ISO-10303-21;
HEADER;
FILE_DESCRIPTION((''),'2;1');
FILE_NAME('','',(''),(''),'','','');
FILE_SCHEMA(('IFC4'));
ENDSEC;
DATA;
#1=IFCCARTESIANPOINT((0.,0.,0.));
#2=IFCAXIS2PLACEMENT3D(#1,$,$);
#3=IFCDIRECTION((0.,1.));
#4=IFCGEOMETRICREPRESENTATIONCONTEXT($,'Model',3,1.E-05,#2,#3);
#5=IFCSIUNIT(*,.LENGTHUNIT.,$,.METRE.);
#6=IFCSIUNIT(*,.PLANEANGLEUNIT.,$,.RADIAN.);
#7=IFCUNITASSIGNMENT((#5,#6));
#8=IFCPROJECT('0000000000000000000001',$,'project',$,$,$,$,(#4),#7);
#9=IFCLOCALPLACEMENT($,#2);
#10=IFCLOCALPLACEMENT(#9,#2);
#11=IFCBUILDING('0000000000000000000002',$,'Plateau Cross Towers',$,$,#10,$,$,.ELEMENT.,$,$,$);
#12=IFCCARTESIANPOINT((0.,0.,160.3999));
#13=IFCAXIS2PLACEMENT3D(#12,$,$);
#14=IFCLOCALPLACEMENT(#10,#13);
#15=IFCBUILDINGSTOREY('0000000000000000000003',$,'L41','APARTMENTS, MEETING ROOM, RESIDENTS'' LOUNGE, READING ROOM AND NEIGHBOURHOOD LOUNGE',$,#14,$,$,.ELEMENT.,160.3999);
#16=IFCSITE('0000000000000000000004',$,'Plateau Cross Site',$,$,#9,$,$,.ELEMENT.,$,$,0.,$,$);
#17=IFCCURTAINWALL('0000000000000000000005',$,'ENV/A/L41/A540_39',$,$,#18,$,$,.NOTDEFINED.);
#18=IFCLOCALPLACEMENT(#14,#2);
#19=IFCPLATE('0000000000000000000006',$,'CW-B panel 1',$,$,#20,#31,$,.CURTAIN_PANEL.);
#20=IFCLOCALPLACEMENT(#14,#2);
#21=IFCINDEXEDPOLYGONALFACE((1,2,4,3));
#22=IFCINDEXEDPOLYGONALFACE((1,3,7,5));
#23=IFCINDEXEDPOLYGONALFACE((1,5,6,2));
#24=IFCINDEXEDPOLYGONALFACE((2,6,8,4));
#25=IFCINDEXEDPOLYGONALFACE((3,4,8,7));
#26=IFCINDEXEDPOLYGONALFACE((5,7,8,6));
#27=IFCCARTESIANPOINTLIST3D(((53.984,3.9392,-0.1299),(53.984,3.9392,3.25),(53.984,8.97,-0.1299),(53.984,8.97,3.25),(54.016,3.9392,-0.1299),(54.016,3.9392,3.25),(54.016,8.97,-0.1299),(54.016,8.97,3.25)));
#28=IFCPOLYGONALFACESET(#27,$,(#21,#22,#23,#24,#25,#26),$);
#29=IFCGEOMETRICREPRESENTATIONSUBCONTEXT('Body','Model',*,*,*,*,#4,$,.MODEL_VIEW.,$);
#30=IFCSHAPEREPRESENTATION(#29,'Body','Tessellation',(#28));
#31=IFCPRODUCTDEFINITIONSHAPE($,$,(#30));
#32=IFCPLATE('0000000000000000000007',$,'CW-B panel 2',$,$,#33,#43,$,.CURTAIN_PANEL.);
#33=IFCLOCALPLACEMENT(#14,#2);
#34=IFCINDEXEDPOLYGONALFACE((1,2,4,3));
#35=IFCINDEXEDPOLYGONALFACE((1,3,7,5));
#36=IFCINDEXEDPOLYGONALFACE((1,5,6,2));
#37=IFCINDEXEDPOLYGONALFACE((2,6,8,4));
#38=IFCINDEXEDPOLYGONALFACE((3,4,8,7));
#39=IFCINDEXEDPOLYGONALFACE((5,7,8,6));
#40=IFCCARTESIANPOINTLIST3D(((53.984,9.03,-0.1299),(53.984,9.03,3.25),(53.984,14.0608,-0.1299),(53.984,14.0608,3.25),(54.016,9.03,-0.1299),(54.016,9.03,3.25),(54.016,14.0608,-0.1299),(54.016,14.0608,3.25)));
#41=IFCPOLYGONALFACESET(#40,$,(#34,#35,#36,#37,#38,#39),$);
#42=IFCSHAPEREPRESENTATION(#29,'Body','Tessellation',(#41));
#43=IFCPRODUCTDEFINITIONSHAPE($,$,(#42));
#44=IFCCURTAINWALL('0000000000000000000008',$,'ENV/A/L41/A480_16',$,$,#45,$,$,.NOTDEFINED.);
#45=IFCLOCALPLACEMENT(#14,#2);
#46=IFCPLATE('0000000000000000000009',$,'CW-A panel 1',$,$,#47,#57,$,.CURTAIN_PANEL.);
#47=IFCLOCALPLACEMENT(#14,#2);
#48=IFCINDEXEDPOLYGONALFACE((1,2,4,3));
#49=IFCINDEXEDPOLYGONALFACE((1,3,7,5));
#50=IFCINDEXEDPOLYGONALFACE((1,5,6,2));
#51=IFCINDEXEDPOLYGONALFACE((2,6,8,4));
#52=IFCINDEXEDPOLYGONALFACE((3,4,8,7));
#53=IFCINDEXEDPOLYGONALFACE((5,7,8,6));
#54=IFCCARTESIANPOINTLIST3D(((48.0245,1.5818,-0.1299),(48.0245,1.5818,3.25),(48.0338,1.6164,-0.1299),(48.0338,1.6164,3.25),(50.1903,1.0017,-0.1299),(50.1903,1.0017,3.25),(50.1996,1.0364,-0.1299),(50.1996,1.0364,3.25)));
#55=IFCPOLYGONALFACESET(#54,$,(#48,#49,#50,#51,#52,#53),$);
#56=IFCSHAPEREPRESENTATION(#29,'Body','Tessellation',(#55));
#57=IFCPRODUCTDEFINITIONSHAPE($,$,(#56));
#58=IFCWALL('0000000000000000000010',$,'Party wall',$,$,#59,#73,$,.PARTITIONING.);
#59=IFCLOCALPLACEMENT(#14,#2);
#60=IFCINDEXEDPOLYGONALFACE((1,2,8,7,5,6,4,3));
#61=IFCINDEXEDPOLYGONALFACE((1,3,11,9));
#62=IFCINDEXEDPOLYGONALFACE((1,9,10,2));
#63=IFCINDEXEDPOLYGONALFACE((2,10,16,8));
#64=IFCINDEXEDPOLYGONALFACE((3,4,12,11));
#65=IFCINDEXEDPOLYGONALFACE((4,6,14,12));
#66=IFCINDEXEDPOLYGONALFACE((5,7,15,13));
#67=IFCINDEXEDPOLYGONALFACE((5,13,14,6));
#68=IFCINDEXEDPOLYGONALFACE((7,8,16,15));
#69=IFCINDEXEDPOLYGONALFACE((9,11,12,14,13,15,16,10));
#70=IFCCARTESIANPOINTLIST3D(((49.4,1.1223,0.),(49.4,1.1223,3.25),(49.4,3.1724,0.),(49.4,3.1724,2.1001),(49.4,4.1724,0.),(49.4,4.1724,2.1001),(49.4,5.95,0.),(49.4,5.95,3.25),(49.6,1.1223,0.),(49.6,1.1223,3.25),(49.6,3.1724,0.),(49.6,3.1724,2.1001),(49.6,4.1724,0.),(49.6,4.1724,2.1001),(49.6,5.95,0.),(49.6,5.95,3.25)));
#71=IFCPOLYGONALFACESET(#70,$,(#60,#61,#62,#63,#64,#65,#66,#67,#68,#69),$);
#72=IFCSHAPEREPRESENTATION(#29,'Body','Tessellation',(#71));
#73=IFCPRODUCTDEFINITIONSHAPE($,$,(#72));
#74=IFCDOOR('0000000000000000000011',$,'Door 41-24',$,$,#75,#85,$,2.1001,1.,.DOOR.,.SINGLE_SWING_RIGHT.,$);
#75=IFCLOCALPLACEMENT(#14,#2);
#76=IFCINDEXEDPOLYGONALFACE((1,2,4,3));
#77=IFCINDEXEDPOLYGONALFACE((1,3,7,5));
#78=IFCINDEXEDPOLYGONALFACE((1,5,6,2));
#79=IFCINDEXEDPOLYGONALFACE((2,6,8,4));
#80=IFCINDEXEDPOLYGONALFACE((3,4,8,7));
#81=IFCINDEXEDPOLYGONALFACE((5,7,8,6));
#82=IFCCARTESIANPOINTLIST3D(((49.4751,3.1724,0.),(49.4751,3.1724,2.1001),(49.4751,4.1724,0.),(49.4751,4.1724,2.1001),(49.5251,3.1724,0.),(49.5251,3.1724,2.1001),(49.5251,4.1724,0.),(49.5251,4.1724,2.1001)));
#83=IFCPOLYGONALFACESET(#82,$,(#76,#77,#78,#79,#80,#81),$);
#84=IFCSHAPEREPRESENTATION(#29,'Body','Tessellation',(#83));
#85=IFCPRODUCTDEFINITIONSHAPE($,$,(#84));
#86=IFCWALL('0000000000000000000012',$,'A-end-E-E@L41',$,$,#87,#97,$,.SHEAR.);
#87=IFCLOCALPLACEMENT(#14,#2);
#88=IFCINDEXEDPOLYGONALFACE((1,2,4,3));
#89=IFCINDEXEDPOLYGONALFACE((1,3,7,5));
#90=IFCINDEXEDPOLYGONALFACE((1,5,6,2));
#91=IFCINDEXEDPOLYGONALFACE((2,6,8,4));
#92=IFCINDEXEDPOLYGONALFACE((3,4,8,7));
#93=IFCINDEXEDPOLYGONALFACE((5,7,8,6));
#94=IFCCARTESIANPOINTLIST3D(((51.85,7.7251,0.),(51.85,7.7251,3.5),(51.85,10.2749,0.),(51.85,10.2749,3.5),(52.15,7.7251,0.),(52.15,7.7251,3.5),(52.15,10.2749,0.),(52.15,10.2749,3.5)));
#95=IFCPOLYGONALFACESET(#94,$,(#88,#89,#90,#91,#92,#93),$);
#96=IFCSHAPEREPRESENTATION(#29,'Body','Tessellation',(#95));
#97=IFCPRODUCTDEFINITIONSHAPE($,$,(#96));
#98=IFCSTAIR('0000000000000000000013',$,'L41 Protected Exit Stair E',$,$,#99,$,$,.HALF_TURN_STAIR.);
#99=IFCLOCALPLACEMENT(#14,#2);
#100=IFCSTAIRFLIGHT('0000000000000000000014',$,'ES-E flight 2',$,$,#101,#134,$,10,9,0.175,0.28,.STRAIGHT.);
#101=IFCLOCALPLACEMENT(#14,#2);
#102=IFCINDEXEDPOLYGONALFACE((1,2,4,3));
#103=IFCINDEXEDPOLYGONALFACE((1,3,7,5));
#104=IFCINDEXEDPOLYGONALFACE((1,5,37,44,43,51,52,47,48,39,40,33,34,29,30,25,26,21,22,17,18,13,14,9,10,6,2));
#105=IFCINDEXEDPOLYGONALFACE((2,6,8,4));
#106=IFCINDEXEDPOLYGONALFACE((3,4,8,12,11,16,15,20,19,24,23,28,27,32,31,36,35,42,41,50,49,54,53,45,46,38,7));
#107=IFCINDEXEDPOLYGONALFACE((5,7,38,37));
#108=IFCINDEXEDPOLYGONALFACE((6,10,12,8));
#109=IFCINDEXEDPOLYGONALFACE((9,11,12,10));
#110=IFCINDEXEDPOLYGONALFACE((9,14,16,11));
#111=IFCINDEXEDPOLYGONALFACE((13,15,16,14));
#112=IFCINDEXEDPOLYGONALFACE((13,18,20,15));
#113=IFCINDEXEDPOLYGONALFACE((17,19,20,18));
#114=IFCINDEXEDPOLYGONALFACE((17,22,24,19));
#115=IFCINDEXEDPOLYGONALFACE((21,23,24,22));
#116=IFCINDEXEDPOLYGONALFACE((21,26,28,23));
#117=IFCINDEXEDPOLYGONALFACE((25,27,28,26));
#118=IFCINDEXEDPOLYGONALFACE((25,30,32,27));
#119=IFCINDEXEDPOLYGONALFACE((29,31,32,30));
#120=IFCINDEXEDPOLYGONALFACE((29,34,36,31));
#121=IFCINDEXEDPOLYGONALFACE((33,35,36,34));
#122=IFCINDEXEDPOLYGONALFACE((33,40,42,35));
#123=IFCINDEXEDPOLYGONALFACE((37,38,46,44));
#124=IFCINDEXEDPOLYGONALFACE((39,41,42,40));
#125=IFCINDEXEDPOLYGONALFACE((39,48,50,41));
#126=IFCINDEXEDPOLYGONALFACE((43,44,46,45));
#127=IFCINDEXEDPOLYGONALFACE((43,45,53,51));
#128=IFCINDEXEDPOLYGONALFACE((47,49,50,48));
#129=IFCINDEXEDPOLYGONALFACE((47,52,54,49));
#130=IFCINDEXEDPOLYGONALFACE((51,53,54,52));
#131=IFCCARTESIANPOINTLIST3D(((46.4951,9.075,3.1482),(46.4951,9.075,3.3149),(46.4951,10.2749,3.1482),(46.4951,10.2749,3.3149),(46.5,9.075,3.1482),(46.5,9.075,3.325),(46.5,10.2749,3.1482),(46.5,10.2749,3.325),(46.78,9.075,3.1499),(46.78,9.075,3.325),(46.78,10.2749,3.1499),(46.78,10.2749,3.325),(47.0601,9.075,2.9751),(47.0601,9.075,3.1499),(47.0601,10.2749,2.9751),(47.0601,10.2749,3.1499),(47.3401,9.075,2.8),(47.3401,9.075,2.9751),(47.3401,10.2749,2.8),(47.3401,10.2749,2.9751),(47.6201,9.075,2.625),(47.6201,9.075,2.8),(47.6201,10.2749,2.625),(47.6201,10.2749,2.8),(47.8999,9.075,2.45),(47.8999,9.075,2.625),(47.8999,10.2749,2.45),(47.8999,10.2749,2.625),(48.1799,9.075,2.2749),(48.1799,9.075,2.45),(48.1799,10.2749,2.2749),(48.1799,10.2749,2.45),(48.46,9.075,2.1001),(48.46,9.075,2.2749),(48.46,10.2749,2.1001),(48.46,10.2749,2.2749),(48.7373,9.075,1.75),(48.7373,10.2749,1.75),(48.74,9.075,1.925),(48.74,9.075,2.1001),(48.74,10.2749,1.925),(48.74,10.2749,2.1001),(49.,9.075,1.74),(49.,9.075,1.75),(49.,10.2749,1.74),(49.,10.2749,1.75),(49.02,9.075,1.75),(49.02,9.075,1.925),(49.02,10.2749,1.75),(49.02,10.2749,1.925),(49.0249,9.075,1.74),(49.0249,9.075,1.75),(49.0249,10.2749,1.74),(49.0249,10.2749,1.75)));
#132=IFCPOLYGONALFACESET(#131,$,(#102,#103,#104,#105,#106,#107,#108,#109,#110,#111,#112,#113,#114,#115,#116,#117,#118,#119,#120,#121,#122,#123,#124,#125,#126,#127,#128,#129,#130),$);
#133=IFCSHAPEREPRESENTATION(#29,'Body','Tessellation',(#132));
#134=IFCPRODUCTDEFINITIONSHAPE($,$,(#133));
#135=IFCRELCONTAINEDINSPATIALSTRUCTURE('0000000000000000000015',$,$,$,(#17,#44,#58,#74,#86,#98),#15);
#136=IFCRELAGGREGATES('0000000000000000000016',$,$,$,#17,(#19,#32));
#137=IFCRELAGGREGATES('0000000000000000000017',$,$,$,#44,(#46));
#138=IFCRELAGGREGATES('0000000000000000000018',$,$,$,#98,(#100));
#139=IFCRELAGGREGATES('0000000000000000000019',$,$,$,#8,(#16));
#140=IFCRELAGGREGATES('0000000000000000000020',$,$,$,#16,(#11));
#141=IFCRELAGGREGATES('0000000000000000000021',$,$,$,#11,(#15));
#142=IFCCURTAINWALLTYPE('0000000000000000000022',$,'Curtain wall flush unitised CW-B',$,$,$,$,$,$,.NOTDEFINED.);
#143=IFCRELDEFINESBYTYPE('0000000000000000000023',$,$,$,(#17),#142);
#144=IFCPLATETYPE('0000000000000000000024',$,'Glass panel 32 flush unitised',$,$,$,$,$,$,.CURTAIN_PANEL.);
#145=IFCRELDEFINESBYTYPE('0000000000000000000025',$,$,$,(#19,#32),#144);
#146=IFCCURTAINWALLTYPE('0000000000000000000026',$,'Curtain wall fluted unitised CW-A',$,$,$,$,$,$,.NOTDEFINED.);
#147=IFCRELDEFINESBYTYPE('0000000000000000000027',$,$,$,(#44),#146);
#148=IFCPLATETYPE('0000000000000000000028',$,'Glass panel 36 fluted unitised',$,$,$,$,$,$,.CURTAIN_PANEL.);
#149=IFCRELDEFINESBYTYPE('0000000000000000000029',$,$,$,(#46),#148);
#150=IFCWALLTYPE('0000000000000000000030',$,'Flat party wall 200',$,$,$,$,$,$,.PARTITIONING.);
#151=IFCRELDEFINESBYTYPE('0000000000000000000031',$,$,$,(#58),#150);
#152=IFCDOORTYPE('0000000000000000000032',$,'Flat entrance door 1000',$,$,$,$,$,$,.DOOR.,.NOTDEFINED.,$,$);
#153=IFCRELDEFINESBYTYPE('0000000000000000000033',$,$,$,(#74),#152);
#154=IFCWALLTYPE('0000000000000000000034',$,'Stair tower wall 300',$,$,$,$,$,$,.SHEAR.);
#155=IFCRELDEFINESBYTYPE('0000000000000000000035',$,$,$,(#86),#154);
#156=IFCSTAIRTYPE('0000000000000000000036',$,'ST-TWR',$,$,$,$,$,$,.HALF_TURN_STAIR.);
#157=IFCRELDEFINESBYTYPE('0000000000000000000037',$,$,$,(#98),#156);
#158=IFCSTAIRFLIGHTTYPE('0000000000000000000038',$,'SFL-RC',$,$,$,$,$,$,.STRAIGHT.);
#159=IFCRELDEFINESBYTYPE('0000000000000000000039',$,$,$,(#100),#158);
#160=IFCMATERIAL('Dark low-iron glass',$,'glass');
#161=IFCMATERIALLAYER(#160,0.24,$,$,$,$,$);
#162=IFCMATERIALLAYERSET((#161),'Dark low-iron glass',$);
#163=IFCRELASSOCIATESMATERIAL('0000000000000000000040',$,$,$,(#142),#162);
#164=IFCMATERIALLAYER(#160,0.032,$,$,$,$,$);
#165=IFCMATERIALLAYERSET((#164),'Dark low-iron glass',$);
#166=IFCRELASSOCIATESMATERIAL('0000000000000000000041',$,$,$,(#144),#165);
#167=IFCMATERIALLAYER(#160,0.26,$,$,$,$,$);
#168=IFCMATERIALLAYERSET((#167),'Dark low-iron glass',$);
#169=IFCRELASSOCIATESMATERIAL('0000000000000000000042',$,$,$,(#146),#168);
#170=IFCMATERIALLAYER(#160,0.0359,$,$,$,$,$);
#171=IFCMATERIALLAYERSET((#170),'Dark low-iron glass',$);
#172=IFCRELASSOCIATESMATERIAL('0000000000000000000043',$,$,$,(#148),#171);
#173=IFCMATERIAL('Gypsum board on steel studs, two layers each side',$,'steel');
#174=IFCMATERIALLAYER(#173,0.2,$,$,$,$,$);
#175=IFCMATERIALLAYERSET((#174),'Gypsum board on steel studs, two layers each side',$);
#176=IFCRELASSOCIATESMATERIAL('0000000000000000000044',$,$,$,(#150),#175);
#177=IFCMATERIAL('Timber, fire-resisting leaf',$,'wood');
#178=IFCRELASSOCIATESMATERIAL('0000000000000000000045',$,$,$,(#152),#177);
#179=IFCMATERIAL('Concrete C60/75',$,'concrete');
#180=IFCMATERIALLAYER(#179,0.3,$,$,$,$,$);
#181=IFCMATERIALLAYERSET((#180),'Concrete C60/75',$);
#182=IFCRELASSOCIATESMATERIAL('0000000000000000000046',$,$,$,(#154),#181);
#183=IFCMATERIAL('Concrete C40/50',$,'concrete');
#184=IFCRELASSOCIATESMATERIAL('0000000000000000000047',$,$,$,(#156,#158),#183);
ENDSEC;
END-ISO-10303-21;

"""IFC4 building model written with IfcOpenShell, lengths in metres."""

from ifc_helpers import new_model, si_unit, direction, frame, frame_2d, origin, origin_2d, place, context, subcontext, project, spatial, polyline, rectangle, outline, extrude, material, layer, layer_set, type_object, element, fill, aggregate, save


model = new_model("IFC4")

# Units and contexts
model_context = context("Model", 3, precision=1e-05, world=origin(), true_north=direction((0.0, 1.0)))
body_context = subcontext(model_context, "Body", "Model", "MODEL_VIEW")
ifc_project = project(units=[si_unit("LENGTHUNIT", "METRE"), si_unit("PLANEANGLEUNIT", "RADIAN")], contexts=[model_context])

# Site, building, storey
site_placement = place(None, origin())
site = spatial("IfcSite", under=ifc_project, at=site_placement, Name="Plateau Cross Site", CompositionType="ELEMENT", RefElevation=0.0)
building_placement = place(site_placement, origin())
building = spatial("IfcBuilding", under=site, at=building_placement, Name="Plateau Cross Towers", CompositionType="ELEMENT")
storey_placement = place(building_placement, frame((0.0, 0.0, 160.3999)))
storey = spatial("IfcBuildingStorey", under=building, at=storey_placement, Name="L41", Description="APARTMENTS, MEETING ROOM, RESIDENTS' LOUNGE, READING ROOM AND NEIGHBOURHOOD LOUNGE", CompositionType="ELEMENT", Elevation=160.3999)

# Shared definitions
ifc_material_1 = material(Name="Concrete C60/75", Category="concrete")

# Shared definitions
ifc_material_2 = material(Name="Dark low-iron glass", Category="glass")
ifc_layer_1 = layer(ifc_material_2, 0.24)
ifc_layer_set_1 = layer_set([ifc_layer_1], Name="Dark low-iron glass")
curtain_wall_type_1 = type_object("IfcCurtainWallType", Name="Curtain wall flush unitised CW-B", PredefinedType="NOTDEFINED", material=ifc_layer_set_1)

# Curtain wall
curtain_wall_1_placement = place(storey_placement, origin())
curtain_wall_1 = element("IfcCurtainWall", 1, at=curtain_wall_1_placement, inside=storey, type_object=curtain_wall_type_1, Name="ENV/A/L41/A540_39", PredefinedType="NOTDEFINED")

# Plates
ifc_layer_2 = layer(ifc_material_2, 0.032)
ifc_layer_set_2 = layer_set([ifc_layer_2], Name="Dark low-iron glass")
plate_type_1 = type_object("IfcPlateType", Name="Glass panel 32 flush unitised", PredefinedType="CURTAIN_PANEL", material=ifc_layer_set_2)
plate_1_placement = place(storey_placement, frame((54.0, 6.4546, -0.1299), z_axis=(0.0, 0.0, 1.0), x_axis=(0.0, 1.0, 0.0)))
plate_1 = element("IfcPlate", 2, at=plate_1_placement, type_object=plate_type_1, Name="CW-B panel 1", PredefinedType="CURTAIN_PANEL", context=body_context, shape_type="SweptSolid", body=[
    extrude(rectangle(XDim=5.0308, YDim=0.032, at=origin_2d()), origin(), (0.0, 0.0, 1.0), 3.3799),
])
plate_2_placement = place(storey_placement, frame((54.0, 11.5454, -0.1299), z_axis=(0.0, 0.0, 1.0), x_axis=(0.0, 1.0, 0.0)))
plate_2 = element("IfcPlate", 3, at=plate_2_placement, type_object=plate_type_1, Name="CW-B panel 2", PredefinedType="CURTAIN_PANEL", context=body_context, shape_type="SweptSolid", body=[
    extrude(rectangle(XDim=5.0308, YDim=0.032, at=origin_2d()), origin(), (0.0, 0.0, 1.0), 3.3799),
])
aggregate(curtain_wall_1, [plate_1, plate_2])

# Curtain wall, plate
ifc_layer_3 = layer(ifc_material_2, 0.26)
ifc_layer_set_3 = layer_set([ifc_layer_3], Name="Dark low-iron glass")
curtain_wall_type_2 = type_object("IfcCurtainWallType", Name="Curtain wall fluted unitised CW-A", PredefinedType="NOTDEFINED", material=ifc_layer_set_3)
curtain_wall_2_placement = place(storey_placement, origin())
curtain_wall_2 = element("IfcCurtainWall", 4, at=curtain_wall_2_placement, inside=storey, type_object=curtain_wall_type_2, Name="ENV/A/L41/A480_16", PredefinedType="NOTDEFINED")
ifc_layer_4 = layer(ifc_material_2, 0.0359)
ifc_layer_set_4 = layer_set([ifc_layer_4], Name="Dark low-iron glass")
plate_type_2 = type_object("IfcPlateType", Name="Glass panel 36 fluted unitised", PredefinedType="CURTAIN_PANEL", material=ifc_layer_set_4)
plate_3_placement = place(storey_placement, frame((49.1121, 1.3091, -0.1299), z_axis=(0.0, 0.0, 1.0), x_axis=(0.965958, -0.258699, 0.0)))
plate_3 = element("IfcPlate", 5, at=plate_3_placement, type_object=plate_type_2, Name="CW-A panel 1", PredefinedType="CURTAIN_PANEL", context=body_context, shape_type="SweptSolid", body=[
    extrude(rectangle(XDim=2.2422, YDim=0.0359, at=origin_2d()), origin(), (0.0, 0.0, 1.0), 3.3799),
])
aggregate(curtain_wall_2, [plate_3])

# Wall, opening, door
ifc_material_3 = material(Name="Gypsum board on steel studs, two layers each side", Category="steel")
ifc_layer_5 = layer(ifc_material_3, 0.2)
ifc_layer_set_5 = layer_set([ifc_layer_5], Name="Gypsum board on steel studs, two layers each side")
wall_type_1 = type_object("IfcWallType", Name="Flat party wall 200", PredefinedType="PARTITIONING", material=ifc_layer_set_5)
wall_1_placement = place(storey_placement, frame((49.5, 1.1223, 0.0), z_axis=(0.0, 0.0, 1.0), x_axis=(0.0, 1.0, 0.0)))
wall_1 = element("IfcWall", 6, at=wall_1_placement, inside=storey, type_object=wall_type_1, Name="Party wall", PredefinedType="PARTITIONING", context=body_context, shape_type="SweptSolid", body=[
    extrude(rectangle(XDim=4.8276, YDim=0.2, at=frame_2d((2.4138, 0.0))), origin(), (0.0, 0.0, 1.0), 3.25),
])
opening_placement = place(wall_1_placement, frame((2.05, 0.0, 0.0)))
opening = element("IfcOpeningElement", 7, at=opening_placement, cuts=wall_1, PredefinedType="OPENING", context=body_context, shape_type="SweptSolid", body=[
    extrude(rectangle(XDim=1.0, YDim=2.1001, at=frame_2d((0.5, 1.05))), frame((0.0, 0.1099, 0.0), z_axis=(0.0, -1.0, 0.0), x_axis=(1.0, 0.0, 0.0)), (0.0, 0.0, 1.0), 0.22),
])
ifc_material_4 = material(Name="Timber, fire-resisting leaf", Category="wood")
door_type = type_object("IfcDoorType", Name="Flat entrance door 1000", OperationType="NOTDEFINED", PredefinedType="DOOR", material=ifc_material_4)
door_placement = place(opening_placement, origin())
door = element("IfcDoor", 8, at=door_placement, inside=storey, type_object=door_type, Name="Door 41-24", OperationType="SINGLE_SWING_RIGHT", OverallHeight=2.1001, OverallWidth=1.0, PredefinedType="DOOR", context=body_context, shape_type="SweptSolid", body=[
    extrude(rectangle(XDim=1.0, YDim=2.1001, at=frame_2d((0.5, 1.05))), frame((0.0, 0.0249, 0.0), z_axis=(0.0, -1.0, 0.0), x_axis=(1.0, 0.0, 0.0)), (0.0, 0.0, 1.0), 0.05),
])
fill(opening, door)

# Wall
ifc_layer_6 = layer(ifc_material_1, 0.3)
ifc_layer_set_6 = layer_set([ifc_layer_6], Name="Concrete C60/75")
wall_type_2 = type_object("IfcWallType", Name="Stair tower wall 300", PredefinedType="SHEAR", material=ifc_layer_set_6)
wall_2_placement = place(storey_placement, frame((52.0, 7.7251, 0.0), z_axis=(0.0, 0.0, 1.0), x_axis=(0.0, 1.0, 0.0)))
element("IfcWall", 9, at=wall_2_placement, inside=storey, type_object=wall_type_2, Name="A-end-E-E@L41", PredefinedType="SHEAR", context=body_context, shape_type="SweptSolid", body=[
    extrude(rectangle(XDim=2.5498, YDim=0.3, at=frame_2d((1.2749, 0.0))), origin(), (0.0, 0.0, 1.0), 3.5),
])

# Stair, stair flight
ifc_material_5 = material(Name="Concrete C40/50", Category="concrete")
stair_type = type_object("IfcStairType", Name="ST-TWR", PredefinedType="HALF_TURN_STAIR", material=ifc_material_5)
stair_placement = place(storey_placement, origin())
stair = element("IfcStair", 10, at=stair_placement, inside=storey, type_object=stair_type, Name="L41 Protected Exit Stair E", PredefinedType="HALF_TURN_STAIR")
stair_flight_type = type_object("IfcStairFlightType", Name="SFL-RC", PredefinedType="STRAIGHT", material=ifc_material_5)
stair_flight_placement = place(storey_placement, frame((49.02, 9.675, 1.75), z_axis=(0.0, 0.0, 1.0), x_axis=(-1.0, 0.0, 0.0)))
stair_flight = element("IfcStairFlight", 11, at=stair_flight_placement, type_object=stair_flight_type, Name="ES-E flight 2", NumberOfRisers=10, NumberOfTreads=9, PredefinedType="STRAIGHT", RiserHeight=0.175, TreadLength=0.28, context=body_context, shape_type="SweptSolid", body=[
    extrude(outline(polyline([(-0.0049, -0.01), (-0.0049, 0.0), (0.0, 0.0), (0.0, 0.175), (0.28, 0.175), (0.28, 0.3501), (0.5601, 0.3501), (0.5601, 0.5249), (0.8401, 0.5249), (0.8401, 0.7), (1.1201, 0.7), (1.1201, 0.875), (1.3999, 0.875), (1.3999, 1.05), (1.6799, 1.05), (1.6799, 1.2251), (1.96, 1.2251), (1.96, 1.3999), (2.24, 1.3999), (2.24, 1.575), (2.52, 1.575), (2.5249, 1.5649), (2.5249, 1.3982), (2.52, 1.3982), (0.2827, 0.0), (0.02, 0.0), (0.02, -0.01), (-0.0049, -0.01)])), frame((0.0, 0.6001, 0.0), z_axis=(0.0, -1.0, 0.0), x_axis=(1.0, 0.0, 0.0)), (0.0, 0.0, 1.0), 1.2),
])
aggregate(stair, [stair_flight])

save(model, "model.ifc")
